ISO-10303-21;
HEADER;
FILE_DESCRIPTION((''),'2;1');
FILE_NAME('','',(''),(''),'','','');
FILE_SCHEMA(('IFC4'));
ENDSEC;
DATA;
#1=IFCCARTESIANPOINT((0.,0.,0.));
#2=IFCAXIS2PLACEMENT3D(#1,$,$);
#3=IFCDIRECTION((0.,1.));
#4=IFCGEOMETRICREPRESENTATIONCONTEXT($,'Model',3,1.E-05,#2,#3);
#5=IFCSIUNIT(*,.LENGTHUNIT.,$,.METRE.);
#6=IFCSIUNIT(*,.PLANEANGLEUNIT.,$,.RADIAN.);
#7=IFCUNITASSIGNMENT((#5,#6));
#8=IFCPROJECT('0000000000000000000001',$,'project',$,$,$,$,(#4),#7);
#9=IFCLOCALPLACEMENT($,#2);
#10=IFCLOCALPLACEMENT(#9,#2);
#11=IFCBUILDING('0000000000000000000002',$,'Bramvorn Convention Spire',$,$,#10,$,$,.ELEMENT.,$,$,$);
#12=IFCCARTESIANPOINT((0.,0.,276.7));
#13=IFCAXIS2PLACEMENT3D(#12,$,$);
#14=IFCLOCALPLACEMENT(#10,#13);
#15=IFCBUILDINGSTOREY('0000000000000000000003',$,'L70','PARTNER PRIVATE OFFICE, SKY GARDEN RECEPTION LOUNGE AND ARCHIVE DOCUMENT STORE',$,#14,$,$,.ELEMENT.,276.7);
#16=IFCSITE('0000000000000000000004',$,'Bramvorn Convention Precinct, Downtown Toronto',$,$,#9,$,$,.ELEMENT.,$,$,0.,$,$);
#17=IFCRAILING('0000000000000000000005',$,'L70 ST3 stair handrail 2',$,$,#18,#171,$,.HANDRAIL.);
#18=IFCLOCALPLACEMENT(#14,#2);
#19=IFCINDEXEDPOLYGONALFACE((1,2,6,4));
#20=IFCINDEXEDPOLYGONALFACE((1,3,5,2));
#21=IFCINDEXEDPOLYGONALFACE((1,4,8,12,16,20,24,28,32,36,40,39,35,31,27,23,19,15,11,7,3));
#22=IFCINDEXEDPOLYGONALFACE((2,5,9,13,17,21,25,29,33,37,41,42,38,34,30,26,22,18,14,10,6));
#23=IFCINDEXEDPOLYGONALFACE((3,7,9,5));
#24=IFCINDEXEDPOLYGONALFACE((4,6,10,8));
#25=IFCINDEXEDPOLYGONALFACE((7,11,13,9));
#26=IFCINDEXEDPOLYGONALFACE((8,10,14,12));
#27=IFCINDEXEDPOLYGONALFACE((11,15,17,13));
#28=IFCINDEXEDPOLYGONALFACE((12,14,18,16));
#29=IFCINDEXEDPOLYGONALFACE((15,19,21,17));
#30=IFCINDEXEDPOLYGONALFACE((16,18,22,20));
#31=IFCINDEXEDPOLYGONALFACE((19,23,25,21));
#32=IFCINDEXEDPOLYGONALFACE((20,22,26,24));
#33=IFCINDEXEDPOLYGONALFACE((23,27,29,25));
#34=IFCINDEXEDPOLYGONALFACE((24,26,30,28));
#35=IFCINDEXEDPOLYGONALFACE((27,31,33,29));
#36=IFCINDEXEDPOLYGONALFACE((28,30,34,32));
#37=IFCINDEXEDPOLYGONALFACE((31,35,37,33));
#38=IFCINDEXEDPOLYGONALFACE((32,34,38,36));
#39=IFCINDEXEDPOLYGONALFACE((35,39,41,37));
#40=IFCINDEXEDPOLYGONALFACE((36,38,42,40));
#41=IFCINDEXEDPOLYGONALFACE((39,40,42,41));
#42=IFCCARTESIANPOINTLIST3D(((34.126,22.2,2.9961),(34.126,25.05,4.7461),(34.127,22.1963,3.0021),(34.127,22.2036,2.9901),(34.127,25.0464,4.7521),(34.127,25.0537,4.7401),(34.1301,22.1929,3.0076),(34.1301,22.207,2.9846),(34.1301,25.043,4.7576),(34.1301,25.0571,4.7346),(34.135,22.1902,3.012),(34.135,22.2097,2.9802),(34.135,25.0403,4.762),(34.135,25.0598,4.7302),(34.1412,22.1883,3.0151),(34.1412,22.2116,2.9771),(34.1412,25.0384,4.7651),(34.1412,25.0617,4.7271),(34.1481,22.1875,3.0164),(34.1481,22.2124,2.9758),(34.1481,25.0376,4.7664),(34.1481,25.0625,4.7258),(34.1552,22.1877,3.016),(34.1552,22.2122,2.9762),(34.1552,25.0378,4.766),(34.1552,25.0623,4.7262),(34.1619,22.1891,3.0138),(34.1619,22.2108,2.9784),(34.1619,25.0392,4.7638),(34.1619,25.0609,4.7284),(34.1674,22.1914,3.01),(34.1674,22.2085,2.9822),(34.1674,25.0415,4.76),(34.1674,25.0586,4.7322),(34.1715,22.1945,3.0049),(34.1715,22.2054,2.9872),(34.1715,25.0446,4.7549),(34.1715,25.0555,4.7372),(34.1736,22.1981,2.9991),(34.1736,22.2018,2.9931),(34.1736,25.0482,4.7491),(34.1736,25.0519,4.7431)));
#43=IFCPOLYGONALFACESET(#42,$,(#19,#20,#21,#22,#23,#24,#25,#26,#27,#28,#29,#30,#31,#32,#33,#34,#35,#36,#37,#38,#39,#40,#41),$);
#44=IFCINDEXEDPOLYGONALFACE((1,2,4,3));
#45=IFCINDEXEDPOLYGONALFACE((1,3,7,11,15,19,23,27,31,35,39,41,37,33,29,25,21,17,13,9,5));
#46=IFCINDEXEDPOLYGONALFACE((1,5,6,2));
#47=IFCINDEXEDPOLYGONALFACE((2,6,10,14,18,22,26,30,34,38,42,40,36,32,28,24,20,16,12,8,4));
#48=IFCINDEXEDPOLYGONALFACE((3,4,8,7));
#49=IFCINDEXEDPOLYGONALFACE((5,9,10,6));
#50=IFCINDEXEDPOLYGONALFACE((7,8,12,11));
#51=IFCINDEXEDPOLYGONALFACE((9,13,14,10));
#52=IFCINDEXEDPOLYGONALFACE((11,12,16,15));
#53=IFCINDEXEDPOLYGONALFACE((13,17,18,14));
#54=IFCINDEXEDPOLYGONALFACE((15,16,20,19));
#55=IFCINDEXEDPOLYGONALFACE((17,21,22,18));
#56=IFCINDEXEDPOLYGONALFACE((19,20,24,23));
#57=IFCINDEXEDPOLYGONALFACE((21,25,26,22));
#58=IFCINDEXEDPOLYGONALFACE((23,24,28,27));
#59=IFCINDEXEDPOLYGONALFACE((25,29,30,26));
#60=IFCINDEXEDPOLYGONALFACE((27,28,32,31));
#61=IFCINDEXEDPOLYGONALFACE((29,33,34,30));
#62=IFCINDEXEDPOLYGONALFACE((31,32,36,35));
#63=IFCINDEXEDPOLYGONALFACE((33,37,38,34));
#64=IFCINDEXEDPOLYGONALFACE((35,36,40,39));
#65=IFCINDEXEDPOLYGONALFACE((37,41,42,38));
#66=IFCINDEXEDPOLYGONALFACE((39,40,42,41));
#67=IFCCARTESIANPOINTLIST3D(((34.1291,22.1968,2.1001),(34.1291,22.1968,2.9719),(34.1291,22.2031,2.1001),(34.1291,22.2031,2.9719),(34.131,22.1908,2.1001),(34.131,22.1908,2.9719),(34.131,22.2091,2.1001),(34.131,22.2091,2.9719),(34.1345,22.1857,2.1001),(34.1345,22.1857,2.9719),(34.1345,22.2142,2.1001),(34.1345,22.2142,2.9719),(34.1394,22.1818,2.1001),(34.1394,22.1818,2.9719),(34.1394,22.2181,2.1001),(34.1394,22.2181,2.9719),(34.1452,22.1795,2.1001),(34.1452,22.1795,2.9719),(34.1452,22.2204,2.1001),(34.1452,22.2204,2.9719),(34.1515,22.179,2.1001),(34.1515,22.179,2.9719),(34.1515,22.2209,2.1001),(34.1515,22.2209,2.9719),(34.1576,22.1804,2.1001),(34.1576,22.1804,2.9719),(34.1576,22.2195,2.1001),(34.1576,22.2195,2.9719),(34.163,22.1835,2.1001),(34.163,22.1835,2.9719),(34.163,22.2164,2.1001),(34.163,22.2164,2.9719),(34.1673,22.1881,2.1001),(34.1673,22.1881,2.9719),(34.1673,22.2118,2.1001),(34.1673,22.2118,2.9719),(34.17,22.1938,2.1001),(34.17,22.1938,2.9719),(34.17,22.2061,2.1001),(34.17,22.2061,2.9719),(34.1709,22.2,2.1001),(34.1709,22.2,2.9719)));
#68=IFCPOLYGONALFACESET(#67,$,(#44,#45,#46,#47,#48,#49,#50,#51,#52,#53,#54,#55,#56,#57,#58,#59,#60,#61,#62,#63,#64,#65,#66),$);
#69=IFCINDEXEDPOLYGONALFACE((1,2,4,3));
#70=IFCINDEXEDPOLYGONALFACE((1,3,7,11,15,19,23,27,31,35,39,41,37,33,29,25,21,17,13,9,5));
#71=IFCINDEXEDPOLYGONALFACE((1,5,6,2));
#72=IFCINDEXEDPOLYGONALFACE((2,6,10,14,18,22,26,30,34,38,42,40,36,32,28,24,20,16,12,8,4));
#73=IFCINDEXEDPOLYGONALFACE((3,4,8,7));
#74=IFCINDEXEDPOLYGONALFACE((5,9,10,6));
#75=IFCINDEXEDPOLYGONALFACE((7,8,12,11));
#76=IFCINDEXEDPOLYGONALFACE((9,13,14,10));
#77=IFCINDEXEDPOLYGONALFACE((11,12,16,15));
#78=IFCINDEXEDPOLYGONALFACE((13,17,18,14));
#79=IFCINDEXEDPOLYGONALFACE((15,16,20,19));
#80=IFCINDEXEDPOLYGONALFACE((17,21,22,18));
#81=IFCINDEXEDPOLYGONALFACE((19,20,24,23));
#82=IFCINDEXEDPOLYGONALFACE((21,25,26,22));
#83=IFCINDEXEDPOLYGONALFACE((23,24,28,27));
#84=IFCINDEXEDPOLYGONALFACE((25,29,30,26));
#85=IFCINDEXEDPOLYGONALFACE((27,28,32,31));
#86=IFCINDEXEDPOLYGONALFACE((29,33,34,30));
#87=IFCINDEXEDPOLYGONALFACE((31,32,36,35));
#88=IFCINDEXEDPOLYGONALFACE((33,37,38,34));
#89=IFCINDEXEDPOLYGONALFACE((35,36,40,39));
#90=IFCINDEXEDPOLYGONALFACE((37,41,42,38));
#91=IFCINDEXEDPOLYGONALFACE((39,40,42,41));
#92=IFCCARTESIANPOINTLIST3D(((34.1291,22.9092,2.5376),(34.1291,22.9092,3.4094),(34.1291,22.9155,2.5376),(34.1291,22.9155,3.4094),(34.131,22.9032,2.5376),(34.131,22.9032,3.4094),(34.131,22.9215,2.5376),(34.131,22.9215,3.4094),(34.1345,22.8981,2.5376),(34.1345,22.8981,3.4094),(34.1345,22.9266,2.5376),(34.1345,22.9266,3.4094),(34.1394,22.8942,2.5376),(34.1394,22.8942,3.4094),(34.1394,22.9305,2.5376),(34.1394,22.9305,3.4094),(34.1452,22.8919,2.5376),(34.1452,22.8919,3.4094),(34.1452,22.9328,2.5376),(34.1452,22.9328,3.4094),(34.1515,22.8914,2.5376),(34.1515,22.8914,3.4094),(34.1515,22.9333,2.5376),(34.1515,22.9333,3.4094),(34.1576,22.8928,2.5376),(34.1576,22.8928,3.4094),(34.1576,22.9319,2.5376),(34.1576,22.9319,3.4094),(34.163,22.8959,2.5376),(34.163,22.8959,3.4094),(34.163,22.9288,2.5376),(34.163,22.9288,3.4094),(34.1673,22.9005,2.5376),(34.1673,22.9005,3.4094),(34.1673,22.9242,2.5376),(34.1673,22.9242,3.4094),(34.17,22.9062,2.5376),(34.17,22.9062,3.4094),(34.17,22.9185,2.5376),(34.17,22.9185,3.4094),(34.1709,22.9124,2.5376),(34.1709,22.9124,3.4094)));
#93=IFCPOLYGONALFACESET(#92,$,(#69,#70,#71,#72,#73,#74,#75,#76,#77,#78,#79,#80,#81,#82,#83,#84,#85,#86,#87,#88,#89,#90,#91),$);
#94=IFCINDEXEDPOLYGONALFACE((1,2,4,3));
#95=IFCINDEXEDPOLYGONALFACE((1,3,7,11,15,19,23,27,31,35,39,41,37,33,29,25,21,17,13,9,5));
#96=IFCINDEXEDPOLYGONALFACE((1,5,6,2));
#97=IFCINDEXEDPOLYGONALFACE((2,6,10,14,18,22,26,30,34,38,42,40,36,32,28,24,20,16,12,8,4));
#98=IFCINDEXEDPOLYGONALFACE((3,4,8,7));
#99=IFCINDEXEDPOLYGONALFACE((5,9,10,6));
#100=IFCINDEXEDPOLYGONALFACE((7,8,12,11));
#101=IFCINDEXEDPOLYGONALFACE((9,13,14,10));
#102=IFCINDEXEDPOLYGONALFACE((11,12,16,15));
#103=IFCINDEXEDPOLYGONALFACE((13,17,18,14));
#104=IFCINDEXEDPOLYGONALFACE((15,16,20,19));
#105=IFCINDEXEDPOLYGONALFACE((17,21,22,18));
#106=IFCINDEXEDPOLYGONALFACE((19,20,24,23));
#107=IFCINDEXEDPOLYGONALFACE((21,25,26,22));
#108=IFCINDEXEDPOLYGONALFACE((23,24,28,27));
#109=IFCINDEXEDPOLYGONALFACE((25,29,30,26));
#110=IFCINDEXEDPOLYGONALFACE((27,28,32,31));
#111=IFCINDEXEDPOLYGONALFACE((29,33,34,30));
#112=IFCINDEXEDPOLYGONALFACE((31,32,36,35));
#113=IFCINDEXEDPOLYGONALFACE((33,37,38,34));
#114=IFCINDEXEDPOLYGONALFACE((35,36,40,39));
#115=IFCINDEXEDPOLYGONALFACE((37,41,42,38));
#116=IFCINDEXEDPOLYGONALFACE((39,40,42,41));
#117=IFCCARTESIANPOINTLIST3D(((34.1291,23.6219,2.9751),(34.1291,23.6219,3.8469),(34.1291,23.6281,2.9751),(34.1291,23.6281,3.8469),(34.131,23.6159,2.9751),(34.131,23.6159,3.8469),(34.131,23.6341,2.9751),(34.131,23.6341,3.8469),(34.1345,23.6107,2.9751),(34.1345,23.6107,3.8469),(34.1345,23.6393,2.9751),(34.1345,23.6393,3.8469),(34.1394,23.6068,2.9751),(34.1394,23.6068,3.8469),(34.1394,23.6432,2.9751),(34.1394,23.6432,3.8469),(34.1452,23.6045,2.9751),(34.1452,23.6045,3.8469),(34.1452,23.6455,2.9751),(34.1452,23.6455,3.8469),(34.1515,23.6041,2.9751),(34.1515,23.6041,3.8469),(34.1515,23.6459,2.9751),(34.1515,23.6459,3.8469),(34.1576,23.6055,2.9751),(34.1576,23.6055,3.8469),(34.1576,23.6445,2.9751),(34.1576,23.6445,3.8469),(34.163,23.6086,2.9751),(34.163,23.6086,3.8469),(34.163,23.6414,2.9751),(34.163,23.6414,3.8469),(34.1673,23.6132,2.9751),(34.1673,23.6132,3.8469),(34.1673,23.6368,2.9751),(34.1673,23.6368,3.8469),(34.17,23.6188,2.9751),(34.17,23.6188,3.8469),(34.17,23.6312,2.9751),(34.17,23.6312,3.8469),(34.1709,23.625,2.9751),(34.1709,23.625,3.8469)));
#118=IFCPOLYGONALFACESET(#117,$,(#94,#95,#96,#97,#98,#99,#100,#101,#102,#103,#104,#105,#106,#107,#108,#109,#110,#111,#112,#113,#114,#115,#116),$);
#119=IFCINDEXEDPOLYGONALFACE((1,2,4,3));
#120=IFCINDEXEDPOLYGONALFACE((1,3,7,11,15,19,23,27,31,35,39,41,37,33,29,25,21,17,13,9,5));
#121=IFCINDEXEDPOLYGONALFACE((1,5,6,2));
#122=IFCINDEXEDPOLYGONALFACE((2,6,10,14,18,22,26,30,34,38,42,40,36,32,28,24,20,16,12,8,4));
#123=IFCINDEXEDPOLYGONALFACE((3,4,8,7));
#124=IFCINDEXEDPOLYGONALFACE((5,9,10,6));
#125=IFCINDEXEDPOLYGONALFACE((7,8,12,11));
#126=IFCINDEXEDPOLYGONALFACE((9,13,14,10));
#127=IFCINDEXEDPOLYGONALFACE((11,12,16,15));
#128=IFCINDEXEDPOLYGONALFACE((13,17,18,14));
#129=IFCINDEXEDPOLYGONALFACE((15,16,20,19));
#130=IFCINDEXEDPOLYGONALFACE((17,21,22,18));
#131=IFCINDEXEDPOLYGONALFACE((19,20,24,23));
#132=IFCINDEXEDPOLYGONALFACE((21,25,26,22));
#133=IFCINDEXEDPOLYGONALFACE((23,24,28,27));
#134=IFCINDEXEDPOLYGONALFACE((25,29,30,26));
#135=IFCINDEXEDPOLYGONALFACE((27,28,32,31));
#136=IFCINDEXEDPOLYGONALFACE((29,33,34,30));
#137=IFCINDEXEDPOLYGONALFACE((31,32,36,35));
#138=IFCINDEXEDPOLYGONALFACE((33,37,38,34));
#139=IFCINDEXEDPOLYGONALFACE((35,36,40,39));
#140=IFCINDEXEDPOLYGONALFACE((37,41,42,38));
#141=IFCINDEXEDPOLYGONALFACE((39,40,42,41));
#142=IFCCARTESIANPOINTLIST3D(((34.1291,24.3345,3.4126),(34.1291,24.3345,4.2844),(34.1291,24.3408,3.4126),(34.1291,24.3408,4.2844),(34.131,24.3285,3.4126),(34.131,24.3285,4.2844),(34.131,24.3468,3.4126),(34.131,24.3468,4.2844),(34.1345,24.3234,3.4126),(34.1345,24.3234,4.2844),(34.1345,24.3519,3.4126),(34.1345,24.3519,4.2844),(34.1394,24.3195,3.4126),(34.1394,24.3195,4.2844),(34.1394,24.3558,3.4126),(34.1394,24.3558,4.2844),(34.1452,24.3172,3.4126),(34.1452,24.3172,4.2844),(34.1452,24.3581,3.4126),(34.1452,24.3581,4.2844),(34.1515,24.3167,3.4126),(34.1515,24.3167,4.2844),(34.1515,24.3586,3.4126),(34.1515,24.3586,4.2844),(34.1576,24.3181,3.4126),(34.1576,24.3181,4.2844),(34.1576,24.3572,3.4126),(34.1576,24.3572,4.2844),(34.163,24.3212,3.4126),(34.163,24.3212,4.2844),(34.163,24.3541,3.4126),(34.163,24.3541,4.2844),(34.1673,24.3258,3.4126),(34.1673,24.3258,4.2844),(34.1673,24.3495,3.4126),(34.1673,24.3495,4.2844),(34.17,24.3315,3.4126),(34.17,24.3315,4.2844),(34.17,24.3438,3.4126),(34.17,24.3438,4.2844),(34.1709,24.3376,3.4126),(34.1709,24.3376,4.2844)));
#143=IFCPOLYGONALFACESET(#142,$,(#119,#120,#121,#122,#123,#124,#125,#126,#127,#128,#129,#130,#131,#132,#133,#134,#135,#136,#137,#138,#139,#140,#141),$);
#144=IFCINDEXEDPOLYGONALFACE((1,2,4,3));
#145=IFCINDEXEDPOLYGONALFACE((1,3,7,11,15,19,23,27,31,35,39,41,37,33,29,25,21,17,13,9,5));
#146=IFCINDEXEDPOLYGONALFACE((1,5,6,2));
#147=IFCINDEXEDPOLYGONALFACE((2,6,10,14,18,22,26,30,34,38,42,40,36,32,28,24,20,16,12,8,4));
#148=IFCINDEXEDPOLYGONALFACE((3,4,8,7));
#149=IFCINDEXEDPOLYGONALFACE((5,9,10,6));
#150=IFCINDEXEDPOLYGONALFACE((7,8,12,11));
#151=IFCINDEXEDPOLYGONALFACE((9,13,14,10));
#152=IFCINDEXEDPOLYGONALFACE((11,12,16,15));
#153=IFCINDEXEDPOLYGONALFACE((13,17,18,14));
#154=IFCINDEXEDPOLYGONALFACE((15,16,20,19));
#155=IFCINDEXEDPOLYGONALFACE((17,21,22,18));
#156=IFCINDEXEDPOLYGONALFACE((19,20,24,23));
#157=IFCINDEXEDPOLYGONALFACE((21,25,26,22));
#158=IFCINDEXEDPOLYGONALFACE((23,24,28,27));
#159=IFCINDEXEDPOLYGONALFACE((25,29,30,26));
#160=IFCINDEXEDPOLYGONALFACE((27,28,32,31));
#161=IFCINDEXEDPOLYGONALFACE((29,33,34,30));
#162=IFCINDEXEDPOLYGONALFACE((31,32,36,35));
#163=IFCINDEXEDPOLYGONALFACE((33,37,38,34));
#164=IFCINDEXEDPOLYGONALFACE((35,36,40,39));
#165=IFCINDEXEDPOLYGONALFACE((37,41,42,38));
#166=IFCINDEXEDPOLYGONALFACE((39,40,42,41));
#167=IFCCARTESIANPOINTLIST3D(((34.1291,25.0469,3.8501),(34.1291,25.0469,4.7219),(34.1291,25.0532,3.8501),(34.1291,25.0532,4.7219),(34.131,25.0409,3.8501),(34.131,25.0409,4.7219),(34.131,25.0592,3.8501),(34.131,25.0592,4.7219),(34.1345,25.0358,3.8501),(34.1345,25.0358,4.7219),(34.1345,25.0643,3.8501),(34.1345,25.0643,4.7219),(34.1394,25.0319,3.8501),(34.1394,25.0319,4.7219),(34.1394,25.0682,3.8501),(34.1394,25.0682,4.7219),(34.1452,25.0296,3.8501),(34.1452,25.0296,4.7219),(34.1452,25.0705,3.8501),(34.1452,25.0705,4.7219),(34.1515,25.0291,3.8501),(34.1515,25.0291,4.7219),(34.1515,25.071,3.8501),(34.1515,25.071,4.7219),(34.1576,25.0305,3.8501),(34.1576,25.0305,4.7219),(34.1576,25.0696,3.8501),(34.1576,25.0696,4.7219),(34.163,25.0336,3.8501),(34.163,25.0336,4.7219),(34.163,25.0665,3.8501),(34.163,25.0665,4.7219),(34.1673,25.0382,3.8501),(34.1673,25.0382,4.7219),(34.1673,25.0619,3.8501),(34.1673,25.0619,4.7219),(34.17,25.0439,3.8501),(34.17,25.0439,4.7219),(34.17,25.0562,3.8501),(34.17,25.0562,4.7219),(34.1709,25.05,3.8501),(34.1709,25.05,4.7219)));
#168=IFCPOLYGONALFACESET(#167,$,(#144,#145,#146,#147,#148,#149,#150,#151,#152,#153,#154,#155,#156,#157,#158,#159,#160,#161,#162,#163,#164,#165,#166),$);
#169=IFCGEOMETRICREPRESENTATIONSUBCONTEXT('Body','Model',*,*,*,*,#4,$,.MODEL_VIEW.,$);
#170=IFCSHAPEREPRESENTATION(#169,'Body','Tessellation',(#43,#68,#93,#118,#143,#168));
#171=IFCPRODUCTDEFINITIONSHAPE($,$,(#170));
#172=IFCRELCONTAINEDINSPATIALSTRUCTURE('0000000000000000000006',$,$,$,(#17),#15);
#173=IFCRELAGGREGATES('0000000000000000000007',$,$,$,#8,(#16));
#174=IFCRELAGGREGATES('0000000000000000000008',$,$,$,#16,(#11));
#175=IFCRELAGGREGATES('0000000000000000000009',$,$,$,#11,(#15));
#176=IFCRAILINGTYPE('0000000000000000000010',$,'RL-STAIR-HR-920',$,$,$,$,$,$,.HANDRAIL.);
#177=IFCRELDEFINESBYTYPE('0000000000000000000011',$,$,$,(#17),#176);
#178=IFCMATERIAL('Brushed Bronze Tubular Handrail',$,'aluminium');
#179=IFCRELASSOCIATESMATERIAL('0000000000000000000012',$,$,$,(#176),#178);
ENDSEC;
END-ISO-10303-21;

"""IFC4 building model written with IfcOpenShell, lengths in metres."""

from ifc_helpers import new_model, si_unit, direction, frame, origin, origin_2d, place, context, subcontext, project, spatial, circle, extrude, material, type_object, element, save


model = new_model("IFC4")

# Units and contexts
model_context = context("Model", 3, precision=1e-05, world=origin(), true_north=direction((0.0, 1.0)))
body_context = subcontext(model_context, "Body", "Model", "MODEL_VIEW")
ifc_project = project(units=[si_unit("LENGTHUNIT", "METRE"), si_unit("PLANEANGLEUNIT", "RADIAN")], contexts=[model_context])

# Site, building, storey
site_placement = place(None, origin())
site = spatial("IfcSite", under=ifc_project, at=site_placement, Name="Bramvorn Convention Precinct, Downtown Toronto", CompositionType="ELEMENT", RefElevation=0.0)
building_placement = place(site_placement, origin())
building = spatial("IfcBuilding", under=site, at=building_placement, Name="Bramvorn Convention Spire", CompositionType="ELEMENT")
storey_placement = place(building_placement, frame((0.0, 0.0, 276.7)))
storey = spatial("IfcBuildingStorey", under=building, at=storey_placement, Name="L70", Description="PARTNER PRIVATE OFFICE, SKY GARDEN RECEPTION LOUNGE AND ARCHIVE DOCUMENT STORE", CompositionType="ELEMENT", Elevation=276.7)

# Railing
ifc_material_1 = material(Name="Brushed Bronze Tubular Handrail", Category="aluminium")
railing_type_1 = type_object("IfcRailingType", Name="RL-STAIR-HR-920", PredefinedType="HANDRAIL", material=ifc_material_1)
for number, where, name in (
    (1, (34.1499, 22.2, 2.1001), "L70 ST3 stair handrail 2"),
):
    element("IfcRailing", number, at=place(storey_placement, frame(where)), inside=storey, type_object=railing_type_1, Name=name, PredefinedType="HANDRAIL", context=body_context, shape_type="SweptSolid", body=[
        extrude(circle(Radius=0.0239, at=origin_2d()), frame((0.0, 0.0, 0.896), z_axis=(0.0, 0.852179, 0.52325), x_axis=(-1.0, 0.0, 0.0)), (0.0, 0.0, 1.0), 3.3445),
        extrude(circle(Radius=0.021, at=origin_2d()), origin(), (0.0, 0.0, 1.0), 0.8718),
        extrude(circle(Radius=0.021, at=origin_2d()), frame((0.0, 0.7124, 0.4375)), (0.0, 0.0, 1.0), 0.8718),
        extrude(circle(Radius=0.021, at=origin_2d()), frame((0.0, 1.425, 0.875)), (0.0, 0.0, 1.0), 0.8718),
        extrude(circle(Radius=0.021, at=origin_2d()), frame((0.0, 2.1377, 1.3125)), (0.0, 0.0, 1.0), 0.8718),
        extrude(circle(Radius=0.021, at=origin_2d()), frame((0.0, 2.8501, 1.75)), (0.0, 0.0, 1.0), 0.8718),
    ])

save(model, "model.ifc")
